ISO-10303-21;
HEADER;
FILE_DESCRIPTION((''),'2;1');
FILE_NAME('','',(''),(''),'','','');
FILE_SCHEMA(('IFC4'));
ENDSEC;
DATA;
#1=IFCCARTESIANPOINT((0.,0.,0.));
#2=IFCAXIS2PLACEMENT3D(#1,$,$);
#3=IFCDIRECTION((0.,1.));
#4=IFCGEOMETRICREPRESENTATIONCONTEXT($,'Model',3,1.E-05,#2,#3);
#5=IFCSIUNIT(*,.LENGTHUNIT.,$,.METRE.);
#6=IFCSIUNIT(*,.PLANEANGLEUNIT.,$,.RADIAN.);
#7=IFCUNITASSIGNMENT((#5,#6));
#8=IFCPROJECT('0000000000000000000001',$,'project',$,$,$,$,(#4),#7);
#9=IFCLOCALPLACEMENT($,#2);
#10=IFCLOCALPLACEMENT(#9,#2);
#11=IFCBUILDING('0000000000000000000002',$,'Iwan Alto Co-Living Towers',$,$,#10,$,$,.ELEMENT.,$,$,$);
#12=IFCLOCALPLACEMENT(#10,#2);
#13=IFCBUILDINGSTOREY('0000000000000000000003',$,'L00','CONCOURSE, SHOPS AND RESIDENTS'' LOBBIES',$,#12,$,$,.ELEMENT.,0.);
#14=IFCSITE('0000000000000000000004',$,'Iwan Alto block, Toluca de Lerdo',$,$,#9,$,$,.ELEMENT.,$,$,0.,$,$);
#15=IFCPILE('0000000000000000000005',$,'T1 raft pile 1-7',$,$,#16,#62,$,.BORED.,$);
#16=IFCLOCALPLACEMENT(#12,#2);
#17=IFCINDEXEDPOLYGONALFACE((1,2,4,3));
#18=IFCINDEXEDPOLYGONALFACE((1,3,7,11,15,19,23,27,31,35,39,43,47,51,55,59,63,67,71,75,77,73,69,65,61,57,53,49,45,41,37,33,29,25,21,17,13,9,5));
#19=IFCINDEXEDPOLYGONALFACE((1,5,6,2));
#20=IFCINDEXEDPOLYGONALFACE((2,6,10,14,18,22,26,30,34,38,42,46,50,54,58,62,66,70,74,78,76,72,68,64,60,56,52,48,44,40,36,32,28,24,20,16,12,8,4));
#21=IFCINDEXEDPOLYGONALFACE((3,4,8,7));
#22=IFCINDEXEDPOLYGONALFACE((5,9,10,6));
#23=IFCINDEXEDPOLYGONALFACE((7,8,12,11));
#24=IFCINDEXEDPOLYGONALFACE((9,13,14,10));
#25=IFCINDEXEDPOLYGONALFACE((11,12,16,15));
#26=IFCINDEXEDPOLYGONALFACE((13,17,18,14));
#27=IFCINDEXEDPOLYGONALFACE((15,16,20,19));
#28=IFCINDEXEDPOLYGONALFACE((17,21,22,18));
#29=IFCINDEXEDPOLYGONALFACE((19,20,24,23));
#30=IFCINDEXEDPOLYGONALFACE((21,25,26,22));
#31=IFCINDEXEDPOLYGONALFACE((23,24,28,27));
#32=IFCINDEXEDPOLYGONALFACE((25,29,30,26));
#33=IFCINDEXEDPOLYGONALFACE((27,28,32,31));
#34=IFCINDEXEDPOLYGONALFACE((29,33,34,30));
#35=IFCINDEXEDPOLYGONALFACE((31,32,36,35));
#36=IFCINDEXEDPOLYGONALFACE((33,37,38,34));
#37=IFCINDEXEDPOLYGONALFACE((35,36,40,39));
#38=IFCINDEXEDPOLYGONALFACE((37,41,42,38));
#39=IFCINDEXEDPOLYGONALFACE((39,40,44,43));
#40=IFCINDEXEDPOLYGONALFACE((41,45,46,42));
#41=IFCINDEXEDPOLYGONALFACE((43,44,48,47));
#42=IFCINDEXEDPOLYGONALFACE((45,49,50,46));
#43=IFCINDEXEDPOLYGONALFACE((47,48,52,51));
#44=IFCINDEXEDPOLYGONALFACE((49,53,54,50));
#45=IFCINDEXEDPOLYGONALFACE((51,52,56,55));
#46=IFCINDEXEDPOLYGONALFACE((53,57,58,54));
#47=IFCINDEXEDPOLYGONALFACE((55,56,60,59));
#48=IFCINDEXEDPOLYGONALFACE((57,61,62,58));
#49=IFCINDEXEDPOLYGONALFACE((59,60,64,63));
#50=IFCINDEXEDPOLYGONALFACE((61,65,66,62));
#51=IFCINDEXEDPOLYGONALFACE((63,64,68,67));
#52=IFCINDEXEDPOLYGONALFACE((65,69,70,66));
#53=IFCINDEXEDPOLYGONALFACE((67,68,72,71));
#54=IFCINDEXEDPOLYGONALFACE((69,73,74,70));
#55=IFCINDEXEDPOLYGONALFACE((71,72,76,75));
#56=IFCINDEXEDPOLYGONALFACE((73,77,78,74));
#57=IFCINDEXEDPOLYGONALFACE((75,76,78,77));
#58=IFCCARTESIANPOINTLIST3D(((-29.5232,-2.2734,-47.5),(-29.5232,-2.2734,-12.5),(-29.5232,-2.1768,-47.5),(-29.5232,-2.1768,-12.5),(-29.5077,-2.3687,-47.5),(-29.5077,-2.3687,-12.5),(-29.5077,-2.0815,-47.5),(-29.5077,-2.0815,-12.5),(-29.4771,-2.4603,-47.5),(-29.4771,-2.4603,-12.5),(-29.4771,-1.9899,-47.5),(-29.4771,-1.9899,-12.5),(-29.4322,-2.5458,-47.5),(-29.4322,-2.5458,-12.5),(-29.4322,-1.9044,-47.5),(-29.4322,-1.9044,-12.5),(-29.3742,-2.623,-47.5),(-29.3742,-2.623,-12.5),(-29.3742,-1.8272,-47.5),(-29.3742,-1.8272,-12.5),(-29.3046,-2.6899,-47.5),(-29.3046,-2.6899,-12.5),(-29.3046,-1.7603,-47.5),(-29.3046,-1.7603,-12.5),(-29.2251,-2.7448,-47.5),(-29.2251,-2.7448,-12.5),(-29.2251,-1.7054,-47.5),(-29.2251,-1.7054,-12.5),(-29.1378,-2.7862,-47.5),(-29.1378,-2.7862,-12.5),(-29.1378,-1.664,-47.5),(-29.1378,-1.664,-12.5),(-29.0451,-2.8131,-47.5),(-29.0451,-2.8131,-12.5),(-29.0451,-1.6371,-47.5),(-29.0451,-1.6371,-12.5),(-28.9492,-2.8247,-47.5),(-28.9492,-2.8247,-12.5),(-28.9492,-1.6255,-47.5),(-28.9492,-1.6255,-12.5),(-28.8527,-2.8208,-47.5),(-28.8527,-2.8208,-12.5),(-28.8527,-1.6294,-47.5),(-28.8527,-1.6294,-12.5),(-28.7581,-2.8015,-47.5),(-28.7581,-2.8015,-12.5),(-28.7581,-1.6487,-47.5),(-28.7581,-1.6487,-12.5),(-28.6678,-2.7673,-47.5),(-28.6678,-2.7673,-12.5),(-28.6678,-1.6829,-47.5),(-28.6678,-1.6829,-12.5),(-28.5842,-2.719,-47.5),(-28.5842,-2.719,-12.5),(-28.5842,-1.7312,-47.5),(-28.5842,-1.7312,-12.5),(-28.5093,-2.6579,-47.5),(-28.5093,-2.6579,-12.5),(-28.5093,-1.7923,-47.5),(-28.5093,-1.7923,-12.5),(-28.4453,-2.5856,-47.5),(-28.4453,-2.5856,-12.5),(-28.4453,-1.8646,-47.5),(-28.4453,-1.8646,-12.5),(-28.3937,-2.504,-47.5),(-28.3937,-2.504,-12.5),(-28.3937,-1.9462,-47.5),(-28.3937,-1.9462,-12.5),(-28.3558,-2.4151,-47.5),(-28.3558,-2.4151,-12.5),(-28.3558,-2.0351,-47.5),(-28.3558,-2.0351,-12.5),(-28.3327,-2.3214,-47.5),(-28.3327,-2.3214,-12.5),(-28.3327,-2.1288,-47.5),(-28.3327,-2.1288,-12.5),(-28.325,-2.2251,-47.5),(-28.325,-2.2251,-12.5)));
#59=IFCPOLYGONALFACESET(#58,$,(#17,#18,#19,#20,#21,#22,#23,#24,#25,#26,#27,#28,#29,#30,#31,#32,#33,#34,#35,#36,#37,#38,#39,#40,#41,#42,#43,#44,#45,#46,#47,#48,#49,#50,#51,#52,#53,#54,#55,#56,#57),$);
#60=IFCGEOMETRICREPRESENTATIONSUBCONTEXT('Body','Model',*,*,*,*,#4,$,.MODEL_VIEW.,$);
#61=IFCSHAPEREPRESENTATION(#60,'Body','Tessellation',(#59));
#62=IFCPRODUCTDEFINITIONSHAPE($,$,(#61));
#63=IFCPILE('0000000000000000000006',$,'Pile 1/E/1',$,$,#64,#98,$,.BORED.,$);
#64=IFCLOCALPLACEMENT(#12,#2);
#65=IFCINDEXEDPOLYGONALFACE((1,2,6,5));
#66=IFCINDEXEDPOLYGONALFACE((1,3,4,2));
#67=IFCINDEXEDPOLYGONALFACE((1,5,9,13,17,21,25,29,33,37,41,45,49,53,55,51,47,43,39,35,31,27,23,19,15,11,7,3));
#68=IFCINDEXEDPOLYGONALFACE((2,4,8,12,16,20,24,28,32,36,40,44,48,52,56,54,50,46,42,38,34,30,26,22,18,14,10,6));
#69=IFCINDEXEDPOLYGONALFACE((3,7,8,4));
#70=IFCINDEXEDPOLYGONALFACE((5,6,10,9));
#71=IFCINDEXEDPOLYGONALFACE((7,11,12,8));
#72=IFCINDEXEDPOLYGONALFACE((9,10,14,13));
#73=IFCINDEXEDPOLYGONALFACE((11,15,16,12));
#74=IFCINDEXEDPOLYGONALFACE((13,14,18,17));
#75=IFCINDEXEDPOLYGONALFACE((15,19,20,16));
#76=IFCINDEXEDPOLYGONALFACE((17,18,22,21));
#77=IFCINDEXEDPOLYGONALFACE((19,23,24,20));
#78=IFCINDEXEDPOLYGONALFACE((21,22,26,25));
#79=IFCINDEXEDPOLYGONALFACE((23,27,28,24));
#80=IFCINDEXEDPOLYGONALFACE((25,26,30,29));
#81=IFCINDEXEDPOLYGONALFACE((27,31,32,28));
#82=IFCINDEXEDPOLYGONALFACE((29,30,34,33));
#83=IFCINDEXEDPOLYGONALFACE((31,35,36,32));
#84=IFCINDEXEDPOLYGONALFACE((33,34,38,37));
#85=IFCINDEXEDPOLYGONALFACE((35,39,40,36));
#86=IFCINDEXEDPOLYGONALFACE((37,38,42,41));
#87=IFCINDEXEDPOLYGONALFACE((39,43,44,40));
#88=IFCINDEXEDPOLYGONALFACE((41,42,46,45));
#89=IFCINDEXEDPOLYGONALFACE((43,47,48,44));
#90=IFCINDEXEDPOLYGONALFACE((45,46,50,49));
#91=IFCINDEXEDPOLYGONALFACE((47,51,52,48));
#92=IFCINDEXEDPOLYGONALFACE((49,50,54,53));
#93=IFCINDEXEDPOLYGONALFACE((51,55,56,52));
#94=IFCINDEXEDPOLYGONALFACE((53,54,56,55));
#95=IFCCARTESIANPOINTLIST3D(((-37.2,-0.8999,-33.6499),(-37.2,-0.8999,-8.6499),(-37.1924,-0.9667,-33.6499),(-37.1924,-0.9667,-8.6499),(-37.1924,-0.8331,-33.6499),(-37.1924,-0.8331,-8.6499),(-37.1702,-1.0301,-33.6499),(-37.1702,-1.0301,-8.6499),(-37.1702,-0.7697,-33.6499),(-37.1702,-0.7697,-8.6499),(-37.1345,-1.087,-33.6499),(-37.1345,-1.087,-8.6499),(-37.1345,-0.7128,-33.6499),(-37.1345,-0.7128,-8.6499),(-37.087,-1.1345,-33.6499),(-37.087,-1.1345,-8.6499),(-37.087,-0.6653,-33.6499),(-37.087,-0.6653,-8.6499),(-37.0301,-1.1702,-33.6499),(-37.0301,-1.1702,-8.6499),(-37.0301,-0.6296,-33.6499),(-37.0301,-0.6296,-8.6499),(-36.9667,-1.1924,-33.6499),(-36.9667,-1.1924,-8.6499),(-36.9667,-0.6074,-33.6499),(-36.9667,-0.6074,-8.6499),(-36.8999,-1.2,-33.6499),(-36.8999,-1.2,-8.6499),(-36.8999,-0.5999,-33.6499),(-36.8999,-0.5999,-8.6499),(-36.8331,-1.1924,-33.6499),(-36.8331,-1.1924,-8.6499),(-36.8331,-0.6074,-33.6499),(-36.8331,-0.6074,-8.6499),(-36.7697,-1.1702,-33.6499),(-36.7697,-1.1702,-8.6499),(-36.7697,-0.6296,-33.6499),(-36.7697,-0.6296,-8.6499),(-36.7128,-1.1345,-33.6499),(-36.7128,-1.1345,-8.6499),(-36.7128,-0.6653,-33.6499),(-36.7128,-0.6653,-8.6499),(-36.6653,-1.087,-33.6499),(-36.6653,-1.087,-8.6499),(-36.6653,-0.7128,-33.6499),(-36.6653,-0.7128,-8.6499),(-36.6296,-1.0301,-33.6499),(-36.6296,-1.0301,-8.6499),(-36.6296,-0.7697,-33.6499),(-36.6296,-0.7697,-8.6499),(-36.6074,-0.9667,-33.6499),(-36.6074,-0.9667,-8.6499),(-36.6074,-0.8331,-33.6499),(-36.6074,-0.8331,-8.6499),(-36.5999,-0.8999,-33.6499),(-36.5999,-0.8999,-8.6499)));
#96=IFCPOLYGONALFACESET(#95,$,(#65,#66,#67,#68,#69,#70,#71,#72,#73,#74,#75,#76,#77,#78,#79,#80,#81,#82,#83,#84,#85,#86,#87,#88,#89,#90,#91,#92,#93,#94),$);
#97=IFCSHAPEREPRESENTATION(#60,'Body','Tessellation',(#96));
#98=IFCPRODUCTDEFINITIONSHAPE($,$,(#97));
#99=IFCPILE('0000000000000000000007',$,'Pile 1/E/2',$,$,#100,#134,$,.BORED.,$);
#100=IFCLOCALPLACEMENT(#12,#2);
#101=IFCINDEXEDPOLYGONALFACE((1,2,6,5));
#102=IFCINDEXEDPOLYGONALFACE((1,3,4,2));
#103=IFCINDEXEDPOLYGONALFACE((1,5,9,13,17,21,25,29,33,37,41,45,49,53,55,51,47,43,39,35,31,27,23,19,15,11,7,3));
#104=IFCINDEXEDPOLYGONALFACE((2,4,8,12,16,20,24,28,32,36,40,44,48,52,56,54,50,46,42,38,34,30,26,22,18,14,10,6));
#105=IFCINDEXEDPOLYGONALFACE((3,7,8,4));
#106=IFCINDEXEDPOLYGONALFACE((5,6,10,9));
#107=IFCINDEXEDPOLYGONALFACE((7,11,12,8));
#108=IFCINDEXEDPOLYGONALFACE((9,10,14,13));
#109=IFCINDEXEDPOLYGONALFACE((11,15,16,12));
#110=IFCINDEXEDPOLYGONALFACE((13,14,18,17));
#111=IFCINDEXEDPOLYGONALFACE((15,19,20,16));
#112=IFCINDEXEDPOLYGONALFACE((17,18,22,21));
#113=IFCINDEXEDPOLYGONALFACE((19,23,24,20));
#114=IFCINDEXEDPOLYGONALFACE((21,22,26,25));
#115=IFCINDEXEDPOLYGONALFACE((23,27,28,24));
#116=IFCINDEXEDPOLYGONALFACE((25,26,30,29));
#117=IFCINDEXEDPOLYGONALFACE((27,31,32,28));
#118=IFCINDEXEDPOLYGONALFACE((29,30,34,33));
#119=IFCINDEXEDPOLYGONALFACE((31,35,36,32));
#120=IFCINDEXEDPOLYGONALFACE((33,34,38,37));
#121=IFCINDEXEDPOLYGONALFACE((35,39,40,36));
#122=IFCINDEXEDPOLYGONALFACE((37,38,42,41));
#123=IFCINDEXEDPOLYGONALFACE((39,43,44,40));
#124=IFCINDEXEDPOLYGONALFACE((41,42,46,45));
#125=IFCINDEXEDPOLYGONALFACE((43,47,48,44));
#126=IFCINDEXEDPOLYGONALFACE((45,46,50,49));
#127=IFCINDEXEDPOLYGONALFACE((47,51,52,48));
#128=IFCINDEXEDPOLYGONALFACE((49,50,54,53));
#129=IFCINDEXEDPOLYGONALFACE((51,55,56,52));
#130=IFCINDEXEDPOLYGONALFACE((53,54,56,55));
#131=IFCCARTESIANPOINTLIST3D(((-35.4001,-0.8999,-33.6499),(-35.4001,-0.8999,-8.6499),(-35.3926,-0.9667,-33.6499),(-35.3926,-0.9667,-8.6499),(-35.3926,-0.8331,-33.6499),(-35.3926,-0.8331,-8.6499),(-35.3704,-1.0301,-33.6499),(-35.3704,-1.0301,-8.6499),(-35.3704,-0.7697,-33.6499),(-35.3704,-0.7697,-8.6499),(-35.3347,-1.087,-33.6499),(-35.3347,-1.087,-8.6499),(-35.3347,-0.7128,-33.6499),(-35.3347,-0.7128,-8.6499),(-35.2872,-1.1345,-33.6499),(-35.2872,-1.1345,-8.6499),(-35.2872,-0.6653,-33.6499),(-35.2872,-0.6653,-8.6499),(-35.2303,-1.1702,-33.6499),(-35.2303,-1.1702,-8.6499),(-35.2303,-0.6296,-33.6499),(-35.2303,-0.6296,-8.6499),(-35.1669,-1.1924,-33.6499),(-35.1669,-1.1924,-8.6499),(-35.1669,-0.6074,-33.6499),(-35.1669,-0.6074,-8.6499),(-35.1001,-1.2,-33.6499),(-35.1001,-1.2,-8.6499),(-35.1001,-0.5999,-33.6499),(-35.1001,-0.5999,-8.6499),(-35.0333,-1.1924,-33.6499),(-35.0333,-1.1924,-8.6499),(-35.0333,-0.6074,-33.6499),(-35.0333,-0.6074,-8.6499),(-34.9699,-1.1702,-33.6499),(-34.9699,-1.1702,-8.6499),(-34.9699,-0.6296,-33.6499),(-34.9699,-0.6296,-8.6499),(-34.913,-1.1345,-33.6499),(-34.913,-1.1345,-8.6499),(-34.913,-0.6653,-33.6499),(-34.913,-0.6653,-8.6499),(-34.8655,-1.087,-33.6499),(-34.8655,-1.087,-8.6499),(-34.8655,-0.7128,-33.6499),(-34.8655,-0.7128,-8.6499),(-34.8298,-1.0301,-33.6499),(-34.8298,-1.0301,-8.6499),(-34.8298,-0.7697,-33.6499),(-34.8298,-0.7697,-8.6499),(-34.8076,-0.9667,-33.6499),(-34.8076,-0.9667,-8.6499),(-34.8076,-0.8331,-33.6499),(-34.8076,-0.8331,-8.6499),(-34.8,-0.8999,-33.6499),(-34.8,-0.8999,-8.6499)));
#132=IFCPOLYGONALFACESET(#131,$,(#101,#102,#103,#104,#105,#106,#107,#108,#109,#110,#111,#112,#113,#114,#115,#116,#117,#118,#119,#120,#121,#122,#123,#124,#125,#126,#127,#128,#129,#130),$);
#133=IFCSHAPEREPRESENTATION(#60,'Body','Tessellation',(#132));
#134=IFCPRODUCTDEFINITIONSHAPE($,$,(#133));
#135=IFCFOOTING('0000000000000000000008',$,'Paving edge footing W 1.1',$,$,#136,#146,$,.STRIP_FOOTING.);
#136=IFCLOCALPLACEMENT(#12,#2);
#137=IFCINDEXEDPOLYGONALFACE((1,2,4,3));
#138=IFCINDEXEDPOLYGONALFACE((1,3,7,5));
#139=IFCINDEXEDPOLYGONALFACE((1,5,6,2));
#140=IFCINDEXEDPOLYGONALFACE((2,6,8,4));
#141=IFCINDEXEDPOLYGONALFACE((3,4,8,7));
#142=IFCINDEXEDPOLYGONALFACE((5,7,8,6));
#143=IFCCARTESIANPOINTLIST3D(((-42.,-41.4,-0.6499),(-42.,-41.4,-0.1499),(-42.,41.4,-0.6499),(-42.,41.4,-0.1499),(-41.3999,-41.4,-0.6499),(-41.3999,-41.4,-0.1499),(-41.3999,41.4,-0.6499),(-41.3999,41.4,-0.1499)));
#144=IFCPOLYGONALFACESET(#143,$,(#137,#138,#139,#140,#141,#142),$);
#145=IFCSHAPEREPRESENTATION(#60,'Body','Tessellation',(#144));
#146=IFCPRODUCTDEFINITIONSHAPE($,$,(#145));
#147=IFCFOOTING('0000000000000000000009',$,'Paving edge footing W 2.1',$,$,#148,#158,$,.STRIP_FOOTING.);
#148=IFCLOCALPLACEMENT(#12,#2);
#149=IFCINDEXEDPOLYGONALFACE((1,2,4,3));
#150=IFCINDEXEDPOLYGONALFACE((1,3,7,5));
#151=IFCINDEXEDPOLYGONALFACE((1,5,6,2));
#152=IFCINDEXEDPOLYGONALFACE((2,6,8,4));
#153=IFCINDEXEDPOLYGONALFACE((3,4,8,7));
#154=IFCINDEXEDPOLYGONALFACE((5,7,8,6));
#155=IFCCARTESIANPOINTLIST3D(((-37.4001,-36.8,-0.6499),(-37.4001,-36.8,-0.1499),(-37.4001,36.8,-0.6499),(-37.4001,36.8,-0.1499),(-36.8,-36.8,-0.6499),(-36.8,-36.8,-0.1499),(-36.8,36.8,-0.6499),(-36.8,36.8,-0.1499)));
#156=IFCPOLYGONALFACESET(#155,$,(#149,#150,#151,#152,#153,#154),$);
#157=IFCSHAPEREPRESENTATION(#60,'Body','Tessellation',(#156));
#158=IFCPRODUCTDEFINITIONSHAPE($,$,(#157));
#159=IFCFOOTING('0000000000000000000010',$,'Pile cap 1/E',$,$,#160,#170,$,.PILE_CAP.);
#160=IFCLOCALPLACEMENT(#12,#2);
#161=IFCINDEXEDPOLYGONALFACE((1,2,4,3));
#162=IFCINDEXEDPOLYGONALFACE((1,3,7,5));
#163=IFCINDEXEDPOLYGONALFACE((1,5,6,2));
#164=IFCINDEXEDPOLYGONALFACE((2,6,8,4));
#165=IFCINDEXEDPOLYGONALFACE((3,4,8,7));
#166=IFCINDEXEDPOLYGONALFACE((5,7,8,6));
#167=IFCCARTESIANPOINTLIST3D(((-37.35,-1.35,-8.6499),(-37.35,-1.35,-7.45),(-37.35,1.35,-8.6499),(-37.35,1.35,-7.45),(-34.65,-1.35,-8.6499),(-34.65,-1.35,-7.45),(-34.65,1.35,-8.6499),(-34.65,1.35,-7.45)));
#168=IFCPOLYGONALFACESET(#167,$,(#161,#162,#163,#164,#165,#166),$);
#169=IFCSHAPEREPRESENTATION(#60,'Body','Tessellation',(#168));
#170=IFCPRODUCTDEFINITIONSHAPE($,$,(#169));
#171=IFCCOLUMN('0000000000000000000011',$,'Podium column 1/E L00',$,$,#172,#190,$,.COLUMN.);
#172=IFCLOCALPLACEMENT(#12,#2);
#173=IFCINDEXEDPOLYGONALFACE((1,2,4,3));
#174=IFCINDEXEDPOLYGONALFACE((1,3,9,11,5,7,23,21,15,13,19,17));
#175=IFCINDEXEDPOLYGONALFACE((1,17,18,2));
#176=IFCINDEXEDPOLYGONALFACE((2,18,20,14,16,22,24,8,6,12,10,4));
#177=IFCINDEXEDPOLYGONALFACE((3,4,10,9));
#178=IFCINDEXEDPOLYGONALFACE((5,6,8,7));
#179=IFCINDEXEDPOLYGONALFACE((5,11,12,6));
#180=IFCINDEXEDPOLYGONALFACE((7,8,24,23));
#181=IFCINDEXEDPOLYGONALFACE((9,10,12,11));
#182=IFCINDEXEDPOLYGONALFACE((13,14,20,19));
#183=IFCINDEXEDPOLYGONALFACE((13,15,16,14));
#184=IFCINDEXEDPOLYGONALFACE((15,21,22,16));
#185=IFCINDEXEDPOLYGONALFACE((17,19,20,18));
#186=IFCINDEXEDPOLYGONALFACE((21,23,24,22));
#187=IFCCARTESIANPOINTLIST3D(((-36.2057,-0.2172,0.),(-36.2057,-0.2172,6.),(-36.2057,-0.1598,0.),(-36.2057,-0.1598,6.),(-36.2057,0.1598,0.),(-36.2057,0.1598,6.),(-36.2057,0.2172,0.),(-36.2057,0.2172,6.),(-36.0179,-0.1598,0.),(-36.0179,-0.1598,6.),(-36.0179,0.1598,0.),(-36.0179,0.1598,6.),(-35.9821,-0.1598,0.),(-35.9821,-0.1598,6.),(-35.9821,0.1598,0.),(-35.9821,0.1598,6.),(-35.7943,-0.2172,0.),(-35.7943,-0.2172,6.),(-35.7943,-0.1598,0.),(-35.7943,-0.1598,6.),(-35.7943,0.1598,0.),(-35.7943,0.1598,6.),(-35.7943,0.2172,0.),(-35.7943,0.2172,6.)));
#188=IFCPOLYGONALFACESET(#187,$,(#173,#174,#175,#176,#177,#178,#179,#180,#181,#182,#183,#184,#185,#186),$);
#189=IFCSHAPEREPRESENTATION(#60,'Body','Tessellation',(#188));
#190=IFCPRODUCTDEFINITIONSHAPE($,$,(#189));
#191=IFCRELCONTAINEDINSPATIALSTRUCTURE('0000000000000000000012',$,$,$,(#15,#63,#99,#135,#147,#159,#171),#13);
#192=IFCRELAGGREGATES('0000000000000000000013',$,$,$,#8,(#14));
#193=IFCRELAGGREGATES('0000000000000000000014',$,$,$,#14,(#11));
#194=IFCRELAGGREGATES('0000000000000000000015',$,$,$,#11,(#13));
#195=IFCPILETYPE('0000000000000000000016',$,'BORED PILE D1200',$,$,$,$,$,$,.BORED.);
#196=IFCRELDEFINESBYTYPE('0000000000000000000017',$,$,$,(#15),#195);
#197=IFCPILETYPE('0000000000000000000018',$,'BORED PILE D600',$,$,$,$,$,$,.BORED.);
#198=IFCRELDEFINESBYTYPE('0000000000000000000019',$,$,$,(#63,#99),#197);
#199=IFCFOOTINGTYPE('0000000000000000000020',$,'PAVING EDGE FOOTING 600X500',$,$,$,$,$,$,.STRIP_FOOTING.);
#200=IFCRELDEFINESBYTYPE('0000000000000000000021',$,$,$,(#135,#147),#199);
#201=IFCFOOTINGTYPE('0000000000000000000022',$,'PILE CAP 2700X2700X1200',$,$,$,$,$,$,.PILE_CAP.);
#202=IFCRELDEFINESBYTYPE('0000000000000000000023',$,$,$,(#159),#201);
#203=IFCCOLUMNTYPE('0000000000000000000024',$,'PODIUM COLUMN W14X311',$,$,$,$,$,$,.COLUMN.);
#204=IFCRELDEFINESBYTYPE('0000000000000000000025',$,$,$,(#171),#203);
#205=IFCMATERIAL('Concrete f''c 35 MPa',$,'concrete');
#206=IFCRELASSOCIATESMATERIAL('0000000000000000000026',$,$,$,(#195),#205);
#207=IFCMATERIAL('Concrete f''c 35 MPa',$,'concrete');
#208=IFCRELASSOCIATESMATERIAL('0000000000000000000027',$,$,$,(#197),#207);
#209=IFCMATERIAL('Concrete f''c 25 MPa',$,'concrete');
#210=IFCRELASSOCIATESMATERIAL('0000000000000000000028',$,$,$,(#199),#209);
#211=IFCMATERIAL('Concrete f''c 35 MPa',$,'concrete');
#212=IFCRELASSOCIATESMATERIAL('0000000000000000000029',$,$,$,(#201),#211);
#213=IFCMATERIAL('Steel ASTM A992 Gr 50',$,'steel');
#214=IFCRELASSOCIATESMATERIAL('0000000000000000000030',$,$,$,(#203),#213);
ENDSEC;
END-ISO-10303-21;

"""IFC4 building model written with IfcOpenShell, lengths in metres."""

from ifc_helpers import new_model, si_unit, direction, frame, origin, origin_2d, place, context, subcontext, project, spatial, rectangle, circle, i_section, extrude, material, material_profile, profile_set, type_object, element, save


model = new_model("IFC4")

# Units and contexts
model_context = context("Model", 3, precision=1e-05, world=origin(), true_north=direction((0.0, 1.0)))
body_context = subcontext(model_context, "Body", "Model", "MODEL_VIEW")
ifc_project = project(units=[si_unit("LENGTHUNIT", "METRE"), si_unit("PLANEANGLEUNIT", "RADIAN")], contexts=[model_context])

# Site, building, storey
site_placement = place(None, origin())
site = spatial("IfcSite", under=ifc_project, at=site_placement, Name="Iwan Alto block, Toluca de Lerdo", CompositionType="ELEMENT", RefElevation=0.0)
building_placement = place(site_placement, origin())
building = spatial("IfcBuilding", under=site, at=building_placement, Name="Iwan Alto Co-Living Towers", CompositionType="ELEMENT")
storey_placement = place(building_placement, origin())
storey = spatial("IfcBuildingStorey", under=building, at=storey_placement, Name="L00", Description="CONCOURSE, SHOPS AND RESIDENTS' LOBBIES", CompositionType="ELEMENT", Elevation=0.0)

# Piles
ifc_material_1 = material(Name="Concrete f'c 35 MPa", Category="concrete")
ifc_material_profile_1 = material_profile(ifc_material_1, circle(Radius=0.6001, at=origin_2d()), Name="D1200")
ifc_profile_set_1 = profile_set([ifc_material_profile_1], Name="Concrete f'c 35 MPa")
pile_type_1 = type_object("IfcPileType", Name="BORED PILE D1200", PredefinedType="BORED", material=ifc_profile_set_1)
pile_placement = place(storey_placement, frame((-28.925, -2.2251, -12.5), z_axis=(0.0, 0.0, -1.0), x_axis=(1.0, 0.0, 0.0)))
element("IfcPile", 1, at=pile_placement, inside=storey, type_object=pile_type_1, Name="T1 raft pile 1-7", PredefinedType="BORED", context=body_context, shape_type="SweptSolid", body=[
    extrude(circle(Radius=0.6001, at=origin_2d()), origin(), (0.0, 0.0, 1.0), 35.0),
])
ifc_material_2 = material(Name="Concrete f'c 35 MPa", Category="concrete")
ifc_material_profile_2 = material_profile(ifc_material_2, circle(Radius=0.3, at=origin_2d()), Name="D600")
ifc_profile_set_2 = profile_set([ifc_material_profile_2], Name="Concrete f'c 35 MPa")
pile_type_2 = type_object("IfcPileType", Name="BORED PILE D600", PredefinedType="BORED", material=ifc_profile_set_2)
for number, where, z_axis, x_axis, name in (
    (2, (-36.8999, -0.8999, -8.6499), (0.0, 0.0, -1.0), (1.0, 0.0, 0.0), "Pile 1/E/1"),
    (3, (-35.1001, -0.8999, -8.6499), (0.0, 0.0, -1.0), (1.0, 0.0, 0.0), "Pile 1/E/2"),
):
    element("IfcPile", number, at=place(storey_placement, frame(where, z_axis=z_axis, x_axis=x_axis)), inside=storey, type_object=pile_type_2, Name=name, PredefinedType="BORED", context=body_context, shape_type="SweptSolid", body=[
        extrude(circle(Radius=0.3, at=origin_2d()), origin(), (0.0, 0.0, 1.0), 25.0),
    ])

# Footings
ifc_material_3 = material(Name="Concrete f'c 25 MPa", Category="concrete")
footing_type_1 = type_object("IfcFootingType", Name="PAVING EDGE FOOTING 600X500", PredefinedType="STRIP_FOOTING", material=ifc_material_3)
footing_1_placement = place(storey_placement, frame((-41.7, 0.0, -0.6499), z_axis=(0.0, 0.0, 1.0), x_axis=(1.0, 0.0, 0.0)))
element("IfcFooting", 4, at=footing_1_placement, inside=storey, type_object=footing_type_1, Name="Paving edge footing W 1.1", PredefinedType="STRIP_FOOTING", context=body_context, shape_type="SweptSolid", body=[
    extrude(rectangle(XDim=0.6001, YDim=82.8, at=origin_2d()), origin(), (0.0, 0.0, 1.0), 0.5),
])
footing_2_placement = place(storey_placement, frame((-37.1001, 0.0, -0.6499), z_axis=(0.0, 0.0, 1.0), x_axis=(1.0, 0.0, 0.0)))
element("IfcFooting", 5, at=footing_2_placement, inside=storey, type_object=footing_type_1, Name="Paving edge footing W 2.1", PredefinedType="STRIP_FOOTING", context=body_context, shape_type="SweptSolid", body=[
    extrude(rectangle(XDim=0.6001, YDim=73.6001, at=origin_2d()), origin(), (0.0, 0.0, 1.0), 0.5),
])
ifc_material_4 = material(Name="Concrete f'c 35 MPa", Category="concrete")
footing_type_2 = type_object("IfcFootingType", Name="PILE CAP 2700X2700X1200", PredefinedType="PILE_CAP", material=ifc_material_4)
footing_3_placement = place(storey_placement, frame((-36.0, 0.0, -8.6499), z_axis=(0.0, 0.0, 1.0), x_axis=(1.0, 0.0, 0.0)))
element("IfcFooting", 6, at=footing_3_placement, inside=storey, type_object=footing_type_2, Name="Pile cap 1/E", PredefinedType="PILE_CAP", context=body_context, shape_type="SweptSolid", body=[
    extrude(rectangle(XDim=2.7, YDim=2.7, at=origin_2d()), origin(), (0.0, 0.0, 1.0), 1.2),
])

# Column
ifc_material_5 = material(Name="Steel ASTM A992 Gr 50", Category="steel")
ifc_material_profile_3 = material_profile(ifc_material_5, i_section(OverallWidth=0.4114, OverallDepth=0.4343, WebThickness=0.0359, FlangeThickness=0.0574, at=origin_2d()), Name="W14X311")
ifc_profile_set_3 = profile_set([ifc_material_profile_3], Name="Steel ASTM A992 Gr 50")
column_type = type_object("IfcColumnType", Name="PODIUM COLUMN W14X311", PredefinedType="COLUMN", material=ifc_profile_set_3)
for number, where, z_axis, x_axis, name in (
    (7, (-36.0, 0.0, 0.0), (0.0, 0.0, 1.0), (1.0, 0.0, 0.0), "Podium column 1/E L00"),
):
    element("IfcColumn", number, at=place(storey_placement, frame(where, z_axis=z_axis, x_axis=x_axis)), inside=storey, type_object=column_type, Name=name, PredefinedType="COLUMN", context=body_context, shape_type="SweptSolid", body=[
        extrude(i_section(OverallWidth=0.4114, OverallDepth=0.4343, WebThickness=0.0359, FlangeThickness=0.0574, at=origin_2d()), origin(), (0.0, 0.0, 1.0), 6.0),
    ])

save(model, "model.ifc")
